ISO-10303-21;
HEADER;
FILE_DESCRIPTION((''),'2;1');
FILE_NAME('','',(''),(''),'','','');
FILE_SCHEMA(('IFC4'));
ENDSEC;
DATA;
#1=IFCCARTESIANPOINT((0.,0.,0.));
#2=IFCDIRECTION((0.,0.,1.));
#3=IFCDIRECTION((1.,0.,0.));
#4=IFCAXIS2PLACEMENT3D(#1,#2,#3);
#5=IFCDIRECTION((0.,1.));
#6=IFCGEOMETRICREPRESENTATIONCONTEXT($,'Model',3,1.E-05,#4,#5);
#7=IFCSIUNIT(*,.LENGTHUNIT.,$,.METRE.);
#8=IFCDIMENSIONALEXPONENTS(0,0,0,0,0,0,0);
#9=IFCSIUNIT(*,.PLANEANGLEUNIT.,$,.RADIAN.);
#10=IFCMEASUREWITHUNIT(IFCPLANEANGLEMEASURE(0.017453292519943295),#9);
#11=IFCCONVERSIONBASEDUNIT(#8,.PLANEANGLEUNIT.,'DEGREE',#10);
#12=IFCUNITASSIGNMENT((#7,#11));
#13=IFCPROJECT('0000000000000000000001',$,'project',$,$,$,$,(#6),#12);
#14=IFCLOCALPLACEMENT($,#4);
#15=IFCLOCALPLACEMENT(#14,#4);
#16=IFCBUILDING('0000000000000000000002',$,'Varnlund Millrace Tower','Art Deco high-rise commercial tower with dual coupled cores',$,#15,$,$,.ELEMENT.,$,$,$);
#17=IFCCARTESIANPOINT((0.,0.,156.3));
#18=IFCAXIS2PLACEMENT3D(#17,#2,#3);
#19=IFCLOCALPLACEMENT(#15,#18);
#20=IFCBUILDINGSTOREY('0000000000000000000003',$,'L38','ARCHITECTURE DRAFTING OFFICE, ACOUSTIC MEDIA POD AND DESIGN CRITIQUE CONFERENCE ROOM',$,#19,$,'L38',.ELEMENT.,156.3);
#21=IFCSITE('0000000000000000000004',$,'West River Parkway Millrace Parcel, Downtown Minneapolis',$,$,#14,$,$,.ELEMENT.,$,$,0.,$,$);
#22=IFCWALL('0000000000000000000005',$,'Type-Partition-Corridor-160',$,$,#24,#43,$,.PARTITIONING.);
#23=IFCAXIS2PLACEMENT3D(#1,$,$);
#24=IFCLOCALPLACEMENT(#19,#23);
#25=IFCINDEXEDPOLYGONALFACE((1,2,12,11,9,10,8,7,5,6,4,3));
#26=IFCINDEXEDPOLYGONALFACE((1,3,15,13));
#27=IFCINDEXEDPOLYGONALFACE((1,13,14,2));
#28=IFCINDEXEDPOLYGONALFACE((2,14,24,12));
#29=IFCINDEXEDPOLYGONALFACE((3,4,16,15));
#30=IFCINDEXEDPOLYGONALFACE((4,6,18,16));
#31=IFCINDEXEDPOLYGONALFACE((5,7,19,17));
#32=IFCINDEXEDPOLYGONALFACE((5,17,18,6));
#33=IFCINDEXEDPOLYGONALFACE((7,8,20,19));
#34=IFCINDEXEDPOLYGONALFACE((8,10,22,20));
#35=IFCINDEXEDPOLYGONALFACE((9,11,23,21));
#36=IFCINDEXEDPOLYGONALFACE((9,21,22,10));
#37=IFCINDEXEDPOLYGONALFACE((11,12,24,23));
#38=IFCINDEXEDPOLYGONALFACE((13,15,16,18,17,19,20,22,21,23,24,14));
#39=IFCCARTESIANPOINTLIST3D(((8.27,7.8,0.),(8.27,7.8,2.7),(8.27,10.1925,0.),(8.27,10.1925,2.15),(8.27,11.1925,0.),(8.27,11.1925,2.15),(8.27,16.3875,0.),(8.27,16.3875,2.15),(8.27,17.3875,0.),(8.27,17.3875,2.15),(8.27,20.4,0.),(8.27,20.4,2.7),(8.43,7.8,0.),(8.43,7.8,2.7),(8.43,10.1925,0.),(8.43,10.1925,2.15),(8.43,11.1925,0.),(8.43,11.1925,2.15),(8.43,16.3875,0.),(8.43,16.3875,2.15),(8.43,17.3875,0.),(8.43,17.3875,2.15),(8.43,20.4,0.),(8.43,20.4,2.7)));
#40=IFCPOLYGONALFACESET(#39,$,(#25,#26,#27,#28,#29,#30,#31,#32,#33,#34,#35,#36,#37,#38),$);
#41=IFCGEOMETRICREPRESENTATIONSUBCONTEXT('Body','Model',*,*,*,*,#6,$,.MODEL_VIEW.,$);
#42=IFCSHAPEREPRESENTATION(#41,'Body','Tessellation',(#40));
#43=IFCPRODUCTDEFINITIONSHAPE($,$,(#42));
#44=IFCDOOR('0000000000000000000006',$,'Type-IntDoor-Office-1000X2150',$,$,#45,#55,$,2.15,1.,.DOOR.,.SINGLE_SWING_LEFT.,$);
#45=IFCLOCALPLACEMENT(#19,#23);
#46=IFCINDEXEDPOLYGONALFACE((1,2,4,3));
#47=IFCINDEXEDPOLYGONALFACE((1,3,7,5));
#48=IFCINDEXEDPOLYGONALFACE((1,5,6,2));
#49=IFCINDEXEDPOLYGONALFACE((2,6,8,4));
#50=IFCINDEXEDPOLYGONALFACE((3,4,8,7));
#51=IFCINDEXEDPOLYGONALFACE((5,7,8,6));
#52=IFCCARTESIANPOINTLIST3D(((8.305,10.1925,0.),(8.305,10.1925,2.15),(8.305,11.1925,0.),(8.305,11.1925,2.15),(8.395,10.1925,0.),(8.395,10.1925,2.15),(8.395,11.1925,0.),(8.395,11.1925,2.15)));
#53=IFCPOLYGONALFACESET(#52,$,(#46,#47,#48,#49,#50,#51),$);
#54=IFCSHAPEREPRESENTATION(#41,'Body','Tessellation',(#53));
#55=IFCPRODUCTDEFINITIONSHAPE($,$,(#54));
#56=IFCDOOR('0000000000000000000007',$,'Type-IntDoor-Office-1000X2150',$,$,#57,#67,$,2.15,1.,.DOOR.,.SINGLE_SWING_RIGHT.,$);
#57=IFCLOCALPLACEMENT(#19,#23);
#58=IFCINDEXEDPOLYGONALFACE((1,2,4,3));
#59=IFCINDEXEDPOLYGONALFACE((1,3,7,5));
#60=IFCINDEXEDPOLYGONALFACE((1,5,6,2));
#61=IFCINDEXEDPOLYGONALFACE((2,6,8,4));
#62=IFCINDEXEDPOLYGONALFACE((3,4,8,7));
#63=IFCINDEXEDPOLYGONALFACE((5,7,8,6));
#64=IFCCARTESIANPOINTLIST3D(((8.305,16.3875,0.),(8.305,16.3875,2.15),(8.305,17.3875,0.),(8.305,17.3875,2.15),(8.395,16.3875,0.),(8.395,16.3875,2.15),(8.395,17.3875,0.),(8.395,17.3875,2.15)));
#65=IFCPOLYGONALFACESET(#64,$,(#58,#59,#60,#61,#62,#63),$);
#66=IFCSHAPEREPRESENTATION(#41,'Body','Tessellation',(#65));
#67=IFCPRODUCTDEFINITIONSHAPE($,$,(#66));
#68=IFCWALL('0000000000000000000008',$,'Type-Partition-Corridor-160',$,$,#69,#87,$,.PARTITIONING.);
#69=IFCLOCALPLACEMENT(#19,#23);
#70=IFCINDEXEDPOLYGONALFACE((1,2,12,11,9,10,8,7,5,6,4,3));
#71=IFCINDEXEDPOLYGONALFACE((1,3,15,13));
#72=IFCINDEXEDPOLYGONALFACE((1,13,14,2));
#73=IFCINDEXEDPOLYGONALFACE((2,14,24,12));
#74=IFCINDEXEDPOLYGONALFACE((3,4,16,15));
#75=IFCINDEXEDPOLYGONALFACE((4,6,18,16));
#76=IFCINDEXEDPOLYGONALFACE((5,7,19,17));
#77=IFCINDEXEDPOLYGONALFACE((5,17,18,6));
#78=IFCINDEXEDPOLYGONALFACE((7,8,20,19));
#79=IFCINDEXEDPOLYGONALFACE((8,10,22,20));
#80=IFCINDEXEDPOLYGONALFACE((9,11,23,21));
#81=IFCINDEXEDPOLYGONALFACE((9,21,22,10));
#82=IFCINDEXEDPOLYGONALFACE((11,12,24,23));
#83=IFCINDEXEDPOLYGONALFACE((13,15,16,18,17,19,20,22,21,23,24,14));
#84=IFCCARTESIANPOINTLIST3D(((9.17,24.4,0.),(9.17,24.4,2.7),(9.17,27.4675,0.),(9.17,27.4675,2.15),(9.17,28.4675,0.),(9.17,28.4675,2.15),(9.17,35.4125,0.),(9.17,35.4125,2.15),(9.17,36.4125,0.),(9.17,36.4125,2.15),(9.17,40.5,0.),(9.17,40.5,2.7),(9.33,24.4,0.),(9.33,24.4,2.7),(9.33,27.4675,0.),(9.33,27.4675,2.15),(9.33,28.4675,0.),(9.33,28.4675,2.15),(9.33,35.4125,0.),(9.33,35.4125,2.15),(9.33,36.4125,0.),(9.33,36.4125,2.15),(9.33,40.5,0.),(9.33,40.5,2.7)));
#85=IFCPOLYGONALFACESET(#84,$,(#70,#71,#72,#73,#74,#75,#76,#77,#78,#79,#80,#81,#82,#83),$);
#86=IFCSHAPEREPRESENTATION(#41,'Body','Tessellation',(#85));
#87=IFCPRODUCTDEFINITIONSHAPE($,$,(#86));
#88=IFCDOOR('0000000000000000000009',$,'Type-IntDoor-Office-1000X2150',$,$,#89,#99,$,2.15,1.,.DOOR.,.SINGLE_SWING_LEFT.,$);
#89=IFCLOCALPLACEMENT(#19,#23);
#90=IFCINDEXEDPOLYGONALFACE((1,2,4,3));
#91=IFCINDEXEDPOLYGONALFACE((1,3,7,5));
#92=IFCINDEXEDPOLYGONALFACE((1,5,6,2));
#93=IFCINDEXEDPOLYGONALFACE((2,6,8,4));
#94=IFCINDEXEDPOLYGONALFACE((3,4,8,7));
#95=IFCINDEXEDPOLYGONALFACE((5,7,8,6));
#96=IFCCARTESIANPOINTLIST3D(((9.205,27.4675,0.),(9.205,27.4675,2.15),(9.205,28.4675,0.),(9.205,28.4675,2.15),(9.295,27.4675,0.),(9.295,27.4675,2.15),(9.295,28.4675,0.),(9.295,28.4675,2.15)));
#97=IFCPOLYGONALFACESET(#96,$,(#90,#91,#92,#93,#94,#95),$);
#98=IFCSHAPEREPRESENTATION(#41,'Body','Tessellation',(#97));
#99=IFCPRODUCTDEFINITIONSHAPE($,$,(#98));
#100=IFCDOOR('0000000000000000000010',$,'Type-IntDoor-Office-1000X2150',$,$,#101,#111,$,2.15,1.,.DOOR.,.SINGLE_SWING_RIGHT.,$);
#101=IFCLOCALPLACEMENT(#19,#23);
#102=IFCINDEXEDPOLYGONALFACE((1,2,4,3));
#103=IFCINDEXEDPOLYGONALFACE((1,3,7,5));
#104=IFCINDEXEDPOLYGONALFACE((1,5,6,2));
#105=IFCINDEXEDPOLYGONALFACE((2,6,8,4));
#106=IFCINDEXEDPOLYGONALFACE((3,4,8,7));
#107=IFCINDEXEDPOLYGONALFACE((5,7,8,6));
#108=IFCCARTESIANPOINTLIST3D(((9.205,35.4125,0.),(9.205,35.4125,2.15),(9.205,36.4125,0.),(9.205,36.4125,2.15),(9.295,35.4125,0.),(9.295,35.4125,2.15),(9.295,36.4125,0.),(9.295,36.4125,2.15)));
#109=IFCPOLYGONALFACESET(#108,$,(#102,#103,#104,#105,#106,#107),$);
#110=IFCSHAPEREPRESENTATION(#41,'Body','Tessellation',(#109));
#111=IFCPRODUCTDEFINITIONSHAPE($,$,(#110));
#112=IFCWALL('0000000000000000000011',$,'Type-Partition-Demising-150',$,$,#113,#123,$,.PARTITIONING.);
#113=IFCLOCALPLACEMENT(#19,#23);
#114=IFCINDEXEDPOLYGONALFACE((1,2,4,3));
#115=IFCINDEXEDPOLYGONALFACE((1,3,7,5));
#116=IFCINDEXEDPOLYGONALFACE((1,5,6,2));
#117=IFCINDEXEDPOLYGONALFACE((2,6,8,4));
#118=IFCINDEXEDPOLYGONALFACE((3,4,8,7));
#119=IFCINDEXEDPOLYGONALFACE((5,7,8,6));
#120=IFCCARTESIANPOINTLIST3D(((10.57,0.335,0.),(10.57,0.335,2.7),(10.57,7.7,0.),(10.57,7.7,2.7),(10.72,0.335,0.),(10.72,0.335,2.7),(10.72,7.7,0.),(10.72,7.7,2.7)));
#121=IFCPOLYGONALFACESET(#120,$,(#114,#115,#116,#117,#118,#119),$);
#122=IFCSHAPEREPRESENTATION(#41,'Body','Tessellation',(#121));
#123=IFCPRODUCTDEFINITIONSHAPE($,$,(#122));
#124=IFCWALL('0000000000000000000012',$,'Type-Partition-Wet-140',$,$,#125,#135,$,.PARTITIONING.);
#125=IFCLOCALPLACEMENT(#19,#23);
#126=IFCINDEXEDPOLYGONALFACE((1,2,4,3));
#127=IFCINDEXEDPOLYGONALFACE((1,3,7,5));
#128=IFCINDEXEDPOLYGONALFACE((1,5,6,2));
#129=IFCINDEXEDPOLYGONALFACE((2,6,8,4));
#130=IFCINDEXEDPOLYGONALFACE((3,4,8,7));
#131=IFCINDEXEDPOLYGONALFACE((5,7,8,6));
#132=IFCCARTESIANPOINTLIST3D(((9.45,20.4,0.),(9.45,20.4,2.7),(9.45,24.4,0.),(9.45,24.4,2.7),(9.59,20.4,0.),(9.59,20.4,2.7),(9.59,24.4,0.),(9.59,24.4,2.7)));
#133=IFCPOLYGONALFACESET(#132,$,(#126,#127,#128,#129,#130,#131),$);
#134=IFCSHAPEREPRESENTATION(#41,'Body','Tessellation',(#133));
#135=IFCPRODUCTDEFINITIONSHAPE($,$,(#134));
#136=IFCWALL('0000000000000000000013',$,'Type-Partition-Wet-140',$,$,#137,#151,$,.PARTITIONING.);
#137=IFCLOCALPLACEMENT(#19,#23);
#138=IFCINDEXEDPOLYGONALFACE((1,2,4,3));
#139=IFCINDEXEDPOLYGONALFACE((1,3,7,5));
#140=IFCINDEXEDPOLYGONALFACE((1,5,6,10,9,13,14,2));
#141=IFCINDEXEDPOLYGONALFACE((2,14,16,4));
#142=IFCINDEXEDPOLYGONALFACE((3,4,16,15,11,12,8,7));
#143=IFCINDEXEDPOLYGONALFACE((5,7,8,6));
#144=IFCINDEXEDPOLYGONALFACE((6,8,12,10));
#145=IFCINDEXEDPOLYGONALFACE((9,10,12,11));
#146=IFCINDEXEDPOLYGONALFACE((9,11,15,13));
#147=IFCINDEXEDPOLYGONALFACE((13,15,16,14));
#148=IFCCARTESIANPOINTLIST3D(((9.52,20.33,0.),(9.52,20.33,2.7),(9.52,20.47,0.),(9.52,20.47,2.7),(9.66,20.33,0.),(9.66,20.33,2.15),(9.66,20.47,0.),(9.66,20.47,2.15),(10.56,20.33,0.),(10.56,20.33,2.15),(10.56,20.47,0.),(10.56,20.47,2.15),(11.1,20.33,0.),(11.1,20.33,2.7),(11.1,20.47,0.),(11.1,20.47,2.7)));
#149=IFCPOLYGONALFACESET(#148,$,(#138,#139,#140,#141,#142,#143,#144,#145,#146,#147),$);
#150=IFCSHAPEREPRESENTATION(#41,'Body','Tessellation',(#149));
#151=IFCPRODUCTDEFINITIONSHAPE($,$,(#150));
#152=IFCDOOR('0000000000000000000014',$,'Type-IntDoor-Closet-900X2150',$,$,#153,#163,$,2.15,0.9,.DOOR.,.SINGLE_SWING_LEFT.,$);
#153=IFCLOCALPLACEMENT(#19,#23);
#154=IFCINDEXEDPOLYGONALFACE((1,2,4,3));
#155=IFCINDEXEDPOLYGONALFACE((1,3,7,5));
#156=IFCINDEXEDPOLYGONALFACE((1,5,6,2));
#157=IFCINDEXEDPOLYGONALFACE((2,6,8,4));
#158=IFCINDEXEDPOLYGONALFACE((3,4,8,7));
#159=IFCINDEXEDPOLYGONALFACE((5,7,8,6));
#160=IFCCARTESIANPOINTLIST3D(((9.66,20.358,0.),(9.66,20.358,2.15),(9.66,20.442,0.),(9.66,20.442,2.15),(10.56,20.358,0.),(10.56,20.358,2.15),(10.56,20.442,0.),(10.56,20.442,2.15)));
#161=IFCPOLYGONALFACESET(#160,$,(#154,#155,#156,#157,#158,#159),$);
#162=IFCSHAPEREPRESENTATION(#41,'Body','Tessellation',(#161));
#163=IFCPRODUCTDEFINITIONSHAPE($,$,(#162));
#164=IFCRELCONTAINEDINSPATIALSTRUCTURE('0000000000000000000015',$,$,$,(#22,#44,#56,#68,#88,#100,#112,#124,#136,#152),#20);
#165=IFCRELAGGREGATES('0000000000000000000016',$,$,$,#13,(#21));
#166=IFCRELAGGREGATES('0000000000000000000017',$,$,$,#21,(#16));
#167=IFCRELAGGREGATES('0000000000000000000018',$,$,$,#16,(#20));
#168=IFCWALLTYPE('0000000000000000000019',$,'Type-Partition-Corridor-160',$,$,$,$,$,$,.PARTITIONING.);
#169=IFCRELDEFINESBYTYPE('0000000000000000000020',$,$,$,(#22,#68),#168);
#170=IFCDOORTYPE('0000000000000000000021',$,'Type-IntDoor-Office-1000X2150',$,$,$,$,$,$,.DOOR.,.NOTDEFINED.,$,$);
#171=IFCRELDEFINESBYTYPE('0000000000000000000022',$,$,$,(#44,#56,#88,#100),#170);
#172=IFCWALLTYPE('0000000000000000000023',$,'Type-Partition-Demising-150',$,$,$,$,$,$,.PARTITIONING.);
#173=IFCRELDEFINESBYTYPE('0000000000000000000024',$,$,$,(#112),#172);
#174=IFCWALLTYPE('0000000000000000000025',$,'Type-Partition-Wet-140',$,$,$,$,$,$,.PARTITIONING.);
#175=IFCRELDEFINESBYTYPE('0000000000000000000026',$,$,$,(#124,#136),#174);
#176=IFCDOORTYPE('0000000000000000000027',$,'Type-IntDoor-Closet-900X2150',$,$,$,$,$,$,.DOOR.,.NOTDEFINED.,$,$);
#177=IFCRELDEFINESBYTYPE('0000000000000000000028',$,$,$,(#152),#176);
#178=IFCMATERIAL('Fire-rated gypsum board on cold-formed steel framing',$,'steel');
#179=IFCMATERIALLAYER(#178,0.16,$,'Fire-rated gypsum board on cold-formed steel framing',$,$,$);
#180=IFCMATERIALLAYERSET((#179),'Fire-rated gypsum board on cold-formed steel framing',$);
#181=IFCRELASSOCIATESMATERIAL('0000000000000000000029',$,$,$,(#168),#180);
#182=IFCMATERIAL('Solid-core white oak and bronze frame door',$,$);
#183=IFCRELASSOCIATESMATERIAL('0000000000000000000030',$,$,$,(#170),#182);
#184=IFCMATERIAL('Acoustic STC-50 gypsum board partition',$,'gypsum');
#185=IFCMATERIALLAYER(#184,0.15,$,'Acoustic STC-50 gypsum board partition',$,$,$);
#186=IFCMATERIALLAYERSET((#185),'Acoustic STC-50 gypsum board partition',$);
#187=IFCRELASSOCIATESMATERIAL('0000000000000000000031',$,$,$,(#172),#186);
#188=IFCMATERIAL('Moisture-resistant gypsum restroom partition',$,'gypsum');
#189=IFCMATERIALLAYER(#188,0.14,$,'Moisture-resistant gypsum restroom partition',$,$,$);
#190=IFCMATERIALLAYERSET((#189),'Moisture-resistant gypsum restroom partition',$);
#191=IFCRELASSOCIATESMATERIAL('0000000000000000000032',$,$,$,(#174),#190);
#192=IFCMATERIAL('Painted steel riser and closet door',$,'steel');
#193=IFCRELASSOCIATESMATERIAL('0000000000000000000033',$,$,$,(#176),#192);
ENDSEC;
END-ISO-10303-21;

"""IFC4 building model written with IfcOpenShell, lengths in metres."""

from ifc_helpers import new_model, entity, si_unit, converted_unit, direction, frame, origin_with_axes, origin_2d_with_axis, place, context, subcontext, project, spatial, polyline, rectangle, outline, extrude, material, layer, layer_set, type_object, element, fill, save


model = new_model("IFC4")

# Units and contexts
model_context = context("Model", 3, precision=1e-05, world=origin_with_axes(), true_north=direction((0.0, 1.0)))
body_context = subcontext(model_context, "Body", "Model", "MODEL_VIEW")
ifc_project = project(units=[si_unit("LENGTHUNIT", "METRE"), converted_unit("PLANEANGLEUNIT", "DEGREE", entity("IfcPlaneAngleMeasure", 0.017453292519943295), si_unit("PLANEANGLEUNIT", "RADIAN"), dimensions=[0, 0, 0, 0, 0, 0, 0])], contexts=[model_context])

# Site, building, storey
site_placement = place(None, origin_with_axes())
site = spatial("IfcSite", under=ifc_project, at=site_placement, Name="West River Parkway Millrace Parcel, Downtown Minneapolis", CompositionType="ELEMENT", RefElevation=0.0)
building_placement = place(site_placement, origin_with_axes())
building = spatial("IfcBuilding", under=site, at=building_placement, Name="Varnlund Millrace Tower", Description="Art Deco high-rise commercial tower with dual coupled cores", CompositionType="ELEMENT")
storey_placement = place(building_placement, frame((0.0, 0.0, 156.3), z_axis=(0.0, 0.0, 1.0), x_axis=(1.0, 0.0, 0.0)))
storey = spatial("IfcBuildingStorey", under=building, at=storey_placement, Name="L38", Description="ARCHITECTURE DRAFTING OFFICE, ACOUSTIC MEDIA POD AND DESIGN CRITIQUE CONFERENCE ROOM", LongName="L38", CompositionType="ELEMENT", Elevation=156.3)

# Shared definitions
ifc_material_1 = material(Name="Fire-rated gypsum board on cold-formed steel framing", Category="steel")
ifc_layer_1 = layer(ifc_material_1, 0.16, Name="Fire-rated gypsum board on cold-formed steel framing")
ifc_layer_set_1 = layer_set([ifc_layer_1], Name="Fire-rated gypsum board on cold-formed steel framing")
wall_type_1 = type_object("IfcWallType", Name="Type-Partition-Corridor-160", PredefinedType="PARTITIONING", material=ifc_layer_set_1)

# Walls, openings, doors
ifc_material_2 = material(Name="Solid-core white oak and bronze frame door")
door_type_1 = type_object("IfcDoorType", Name="Type-IntDoor-Office-1000X2150", OperationType="NOTDEFINED", PredefinedType="DOOR", material=ifc_material_2)
wall_1_placement = place(storey_placement, frame((8.35, 7.8, 0.0), z_axis=(0.0, 0.0, 1.0), x_axis=(0.0, 1.0, 0.0)))
wall_1 = element("IfcWall", 1, at=wall_1_placement, inside=storey, type_object=wall_type_1, Name="Type-Partition-Corridor-160", PredefinedType="PARTITIONING", context=body_context, shape_type="SweptSolid", body=[
    extrude(outline(polyline([(0.0, -0.08), (12.6, -0.08), (12.6, 0.08), (0.0, 0.08), (0.0, -0.08)])), origin_with_axes(), (0.0, 0.0, 1.0), 2.7),
])
opening_1_placement = place(wall_1_placement, frame((2.8925, 0.0, 0.0), z_axis=(0.0, 0.0, 1.0), x_axis=(1.0, 0.0, 0.0)))
opening_1 = element("IfcOpeningElement", 2, at=opening_1_placement, cuts=wall_1, PredefinedType="OPENING", context=body_context, shape_type="SweptSolid", body=[
    extrude(rectangle(XDim=1.0, YDim=0.18, at=origin_2d_with_axis()), origin_with_axes(), (0.0, 0.0, 1.0), 2.15),
])
opening_2_placement = place(wall_1_placement, frame((9.0875, 0.0, 0.0), z_axis=(0.0, 0.0, 1.0), x_axis=(1.0, 0.0, 0.0)))
opening_2 = element("IfcOpeningElement", 3, at=opening_2_placement, cuts=wall_1, PredefinedType="OPENING", context=body_context, shape_type="SweptSolid", body=[
    extrude(rectangle(XDim=1.0, YDim=0.18, at=origin_2d_with_axis()), origin_with_axes(), (0.0, 0.0, 1.0), 2.15),
])
door_1_placement = place(wall_1_placement, frame((2.8925, 0.0, 0.0), z_axis=(0.0, 0.0, 1.0), x_axis=(1.0, 0.0, 0.0)))
door_1 = element("IfcDoor", 4, at=door_1_placement, inside=storey, type_object=door_type_1, Name="Type-IntDoor-Office-1000X2150", OperationType="SINGLE_SWING_LEFT", OverallHeight=2.15, OverallWidth=1.0, PredefinedType="DOOR", context=body_context, shape_type="SweptSolid", body=[
    extrude(rectangle(XDim=1.0, YDim=0.09, at=origin_2d_with_axis()), origin_with_axes(), (0.0, 0.0, 1.0), 2.15),
])
fill(opening_1, door_1)
door_2_placement = place(wall_1_placement, frame((9.0875, 0.0, 0.0), z_axis=(0.0, 0.0, 1.0), x_axis=(1.0, 0.0, 0.0)))
door_2 = element("IfcDoor", 5, at=door_2_placement, inside=storey, type_object=door_type_1, Name="Type-IntDoor-Office-1000X2150", OperationType="SINGLE_SWING_RIGHT", OverallHeight=2.15, OverallWidth=1.0, PredefinedType="DOOR", context=body_context, shape_type="SweptSolid", body=[
    extrude(rectangle(XDim=1.0, YDim=0.09, at=origin_2d_with_axis()), origin_with_axes(), (0.0, 0.0, 1.0), 2.15),
])
fill(opening_2, door_2)
wall_2_placement = place(storey_placement, frame((9.25, 24.4, 0.0), z_axis=(0.0, 0.0, 1.0), x_axis=(0.0, 1.0, 0.0)))
wall_2 = element("IfcWall", 6, at=wall_2_placement, inside=storey, type_object=wall_type_1, Name="Type-Partition-Corridor-160", PredefinedType="PARTITIONING", context=body_context, shape_type="SweptSolid", body=[
    extrude(outline(polyline([(0.0, -0.08), (16.1, -0.08), (16.1, 0.08), (0.0, 0.08), (0.0, -0.08)])), origin_with_axes(), (0.0, 0.0, 1.0), 2.7),
])
opening_3_placement = place(wall_2_placement, frame((3.5675, 0.0, 0.0), z_axis=(0.0, 0.0, 1.0), x_axis=(1.0, 0.0, 0.0)))
opening_3 = element("IfcOpeningElement", 7, at=opening_3_placement, cuts=wall_2, PredefinedType="OPENING", context=body_context, shape_type="SweptSolid", body=[
    extrude(rectangle(XDim=1.0, YDim=0.18, at=origin_2d_with_axis()), origin_with_axes(), (0.0, 0.0, 1.0), 2.15),
])
opening_4_placement = place(wall_2_placement, frame((11.5125, 0.0, 0.0), z_axis=(0.0, 0.0, 1.0), x_axis=(1.0, 0.0, 0.0)))
opening_4 = element("IfcOpeningElement", 8, at=opening_4_placement, cuts=wall_2, PredefinedType="OPENING", context=body_context, shape_type="SweptSolid", body=[
    extrude(rectangle(XDim=1.0, YDim=0.18, at=origin_2d_with_axis()), origin_with_axes(), (0.0, 0.0, 1.0), 2.15),
])
door_3_placement = place(wall_2_placement, frame((3.5675, 0.0, 0.0), z_axis=(0.0, 0.0, 1.0), x_axis=(1.0, 0.0, 0.0)))
door_3 = element("IfcDoor", 9, at=door_3_placement, inside=storey, type_object=door_type_1, Name="Type-IntDoor-Office-1000X2150", OperationType="SINGLE_SWING_LEFT", OverallHeight=2.15, OverallWidth=1.0, PredefinedType="DOOR", context=body_context, shape_type="SweptSolid", body=[
    extrude(rectangle(XDim=1.0, YDim=0.09, at=origin_2d_with_axis()), origin_with_axes(), (0.0, 0.0, 1.0), 2.15),
])
fill(opening_3, door_3)
door_4_placement = place(wall_2_placement, frame((11.5125, 0.0, 0.0), z_axis=(0.0, 0.0, 1.0), x_axis=(1.0, 0.0, 0.0)))
door_4 = element("IfcDoor", 10, at=door_4_placement, inside=storey, type_object=door_type_1, Name="Type-IntDoor-Office-1000X2150", OperationType="SINGLE_SWING_RIGHT", OverallHeight=2.15, OverallWidth=1.0, PredefinedType="DOOR", context=body_context, shape_type="SweptSolid", body=[
    extrude(rectangle(XDim=1.0, YDim=0.09, at=origin_2d_with_axis()), origin_with_axes(), (0.0, 0.0, 1.0), 2.15),
])
fill(opening_4, door_4)

# Walls
ifc_material_3 = material(Name="Acoustic STC-50 gypsum board partition", Category="gypsum")
ifc_layer_2 = layer(ifc_material_3, 0.15, Name="Acoustic STC-50 gypsum board partition")
ifc_layer_set_2 = layer_set([ifc_layer_2], Name="Acoustic STC-50 gypsum board partition")
wall_type_2 = type_object("IfcWallType", Name="Type-Partition-Demising-150", PredefinedType="PARTITIONING", material=ifc_layer_set_2)
wall_3_placement = place(storey_placement, frame((10.645, 0.335, 0.0), z_axis=(0.0, 0.0, 1.0), x_axis=(0.0, 1.0, 0.0)))
element("IfcWall", 11, at=wall_3_placement, inside=storey, type_object=wall_type_2, Name="Type-Partition-Demising-150", PredefinedType="PARTITIONING", context=body_context, shape_type="SweptSolid", body=[
    extrude(outline(polyline([(0.0, -0.075), (7.365, -0.075), (7.365, 0.075), (0.0, 0.075), (0.0, -0.075)])), origin_with_axes(), (0.0, 0.0, 1.0), 2.7),
])
ifc_material_4 = material(Name="Moisture-resistant gypsum restroom partition", Category="gypsum")
ifc_layer_3 = layer(ifc_material_4, 0.14, Name="Moisture-resistant gypsum restroom partition")
ifc_layer_set_3 = layer_set([ifc_layer_3], Name="Moisture-resistant gypsum restroom partition")
wall_type_3 = type_object("IfcWallType", Name="Type-Partition-Wet-140", PredefinedType="PARTITIONING", material=ifc_layer_set_3)
wall_4_placement = place(storey_placement, frame((9.52, 20.4, 0.0), z_axis=(0.0, 0.0, 1.0), x_axis=(0.0, 1.0, 0.0)))
element("IfcWall", 12, at=wall_4_placement, inside=storey, type_object=wall_type_3, Name="Type-Partition-Wet-140", PredefinedType="PARTITIONING", context=body_context, shape_type="SweptSolid", body=[
    extrude(outline(polyline([(0.0, -0.07), (4.0, -0.07), (4.0, 0.07), (0.0, 0.07), (0.0, -0.07)])), origin_with_axes(), (0.0, 0.0, 1.0), 2.7),
])

# Wall, opening, door
wall_5_placement = place(storey_placement, frame((9.52, 20.4, 0.0), z_axis=(0.0, 0.0, 1.0), x_axis=(1.0, 0.0, 0.0)))
wall_5 = element("IfcWall", 13, at=wall_5_placement, inside=storey, type_object=wall_type_3, Name="Type-Partition-Wet-140", PredefinedType="PARTITIONING", context=body_context, shape_type="SweptSolid", body=[
    extrude(outline(polyline([(0.0, -0.07), (1.58, -0.07), (1.58, 0.07), (0.0, 0.07), (0.0, -0.07)])), origin_with_axes(), (0.0, 0.0, 1.0), 2.7),
])
opening_5_placement = place(wall_5_placement, frame((0.59, 0.0, 0.0), z_axis=(0.0, 0.0, 1.0), x_axis=(1.0, 0.0, 0.0)))
opening_5 = element("IfcOpeningElement", 14, at=opening_5_placement, cuts=wall_5, PredefinedType="OPENING", context=body_context, shape_type="SweptSolid", body=[
    extrude(rectangle(XDim=0.9, YDim=0.16, at=origin_2d_with_axis()), origin_with_axes(), (0.0, 0.0, 1.0), 2.15),
])
ifc_material_5 = material(Name="Painted steel riser and closet door", Category="steel")
door_type_2 = type_object("IfcDoorType", Name="Type-IntDoor-Closet-900X2150", OperationType="NOTDEFINED", PredefinedType="DOOR", material=ifc_material_5)
door_5_placement = place(wall_5_placement, frame((0.59, 0.0, 0.0), z_axis=(0.0, 0.0, 1.0), x_axis=(1.0, 0.0, 0.0)))
door_5 = element("IfcDoor", 15, at=door_5_placement, inside=storey, type_object=door_type_2, Name="Type-IntDoor-Closet-900X2150", OperationType="SINGLE_SWING_LEFT", OverallHeight=2.15, OverallWidth=0.9, PredefinedType="DOOR", context=body_context, shape_type="SweptSolid", body=[
    extrude(rectangle(XDim=0.9, YDim=0.084, at=origin_2d_with_axis()), origin_with_axes(), (0.0, 0.0, 1.0), 2.15),
])
fill(opening_5, door_5)

save(model, "model.ifc")
